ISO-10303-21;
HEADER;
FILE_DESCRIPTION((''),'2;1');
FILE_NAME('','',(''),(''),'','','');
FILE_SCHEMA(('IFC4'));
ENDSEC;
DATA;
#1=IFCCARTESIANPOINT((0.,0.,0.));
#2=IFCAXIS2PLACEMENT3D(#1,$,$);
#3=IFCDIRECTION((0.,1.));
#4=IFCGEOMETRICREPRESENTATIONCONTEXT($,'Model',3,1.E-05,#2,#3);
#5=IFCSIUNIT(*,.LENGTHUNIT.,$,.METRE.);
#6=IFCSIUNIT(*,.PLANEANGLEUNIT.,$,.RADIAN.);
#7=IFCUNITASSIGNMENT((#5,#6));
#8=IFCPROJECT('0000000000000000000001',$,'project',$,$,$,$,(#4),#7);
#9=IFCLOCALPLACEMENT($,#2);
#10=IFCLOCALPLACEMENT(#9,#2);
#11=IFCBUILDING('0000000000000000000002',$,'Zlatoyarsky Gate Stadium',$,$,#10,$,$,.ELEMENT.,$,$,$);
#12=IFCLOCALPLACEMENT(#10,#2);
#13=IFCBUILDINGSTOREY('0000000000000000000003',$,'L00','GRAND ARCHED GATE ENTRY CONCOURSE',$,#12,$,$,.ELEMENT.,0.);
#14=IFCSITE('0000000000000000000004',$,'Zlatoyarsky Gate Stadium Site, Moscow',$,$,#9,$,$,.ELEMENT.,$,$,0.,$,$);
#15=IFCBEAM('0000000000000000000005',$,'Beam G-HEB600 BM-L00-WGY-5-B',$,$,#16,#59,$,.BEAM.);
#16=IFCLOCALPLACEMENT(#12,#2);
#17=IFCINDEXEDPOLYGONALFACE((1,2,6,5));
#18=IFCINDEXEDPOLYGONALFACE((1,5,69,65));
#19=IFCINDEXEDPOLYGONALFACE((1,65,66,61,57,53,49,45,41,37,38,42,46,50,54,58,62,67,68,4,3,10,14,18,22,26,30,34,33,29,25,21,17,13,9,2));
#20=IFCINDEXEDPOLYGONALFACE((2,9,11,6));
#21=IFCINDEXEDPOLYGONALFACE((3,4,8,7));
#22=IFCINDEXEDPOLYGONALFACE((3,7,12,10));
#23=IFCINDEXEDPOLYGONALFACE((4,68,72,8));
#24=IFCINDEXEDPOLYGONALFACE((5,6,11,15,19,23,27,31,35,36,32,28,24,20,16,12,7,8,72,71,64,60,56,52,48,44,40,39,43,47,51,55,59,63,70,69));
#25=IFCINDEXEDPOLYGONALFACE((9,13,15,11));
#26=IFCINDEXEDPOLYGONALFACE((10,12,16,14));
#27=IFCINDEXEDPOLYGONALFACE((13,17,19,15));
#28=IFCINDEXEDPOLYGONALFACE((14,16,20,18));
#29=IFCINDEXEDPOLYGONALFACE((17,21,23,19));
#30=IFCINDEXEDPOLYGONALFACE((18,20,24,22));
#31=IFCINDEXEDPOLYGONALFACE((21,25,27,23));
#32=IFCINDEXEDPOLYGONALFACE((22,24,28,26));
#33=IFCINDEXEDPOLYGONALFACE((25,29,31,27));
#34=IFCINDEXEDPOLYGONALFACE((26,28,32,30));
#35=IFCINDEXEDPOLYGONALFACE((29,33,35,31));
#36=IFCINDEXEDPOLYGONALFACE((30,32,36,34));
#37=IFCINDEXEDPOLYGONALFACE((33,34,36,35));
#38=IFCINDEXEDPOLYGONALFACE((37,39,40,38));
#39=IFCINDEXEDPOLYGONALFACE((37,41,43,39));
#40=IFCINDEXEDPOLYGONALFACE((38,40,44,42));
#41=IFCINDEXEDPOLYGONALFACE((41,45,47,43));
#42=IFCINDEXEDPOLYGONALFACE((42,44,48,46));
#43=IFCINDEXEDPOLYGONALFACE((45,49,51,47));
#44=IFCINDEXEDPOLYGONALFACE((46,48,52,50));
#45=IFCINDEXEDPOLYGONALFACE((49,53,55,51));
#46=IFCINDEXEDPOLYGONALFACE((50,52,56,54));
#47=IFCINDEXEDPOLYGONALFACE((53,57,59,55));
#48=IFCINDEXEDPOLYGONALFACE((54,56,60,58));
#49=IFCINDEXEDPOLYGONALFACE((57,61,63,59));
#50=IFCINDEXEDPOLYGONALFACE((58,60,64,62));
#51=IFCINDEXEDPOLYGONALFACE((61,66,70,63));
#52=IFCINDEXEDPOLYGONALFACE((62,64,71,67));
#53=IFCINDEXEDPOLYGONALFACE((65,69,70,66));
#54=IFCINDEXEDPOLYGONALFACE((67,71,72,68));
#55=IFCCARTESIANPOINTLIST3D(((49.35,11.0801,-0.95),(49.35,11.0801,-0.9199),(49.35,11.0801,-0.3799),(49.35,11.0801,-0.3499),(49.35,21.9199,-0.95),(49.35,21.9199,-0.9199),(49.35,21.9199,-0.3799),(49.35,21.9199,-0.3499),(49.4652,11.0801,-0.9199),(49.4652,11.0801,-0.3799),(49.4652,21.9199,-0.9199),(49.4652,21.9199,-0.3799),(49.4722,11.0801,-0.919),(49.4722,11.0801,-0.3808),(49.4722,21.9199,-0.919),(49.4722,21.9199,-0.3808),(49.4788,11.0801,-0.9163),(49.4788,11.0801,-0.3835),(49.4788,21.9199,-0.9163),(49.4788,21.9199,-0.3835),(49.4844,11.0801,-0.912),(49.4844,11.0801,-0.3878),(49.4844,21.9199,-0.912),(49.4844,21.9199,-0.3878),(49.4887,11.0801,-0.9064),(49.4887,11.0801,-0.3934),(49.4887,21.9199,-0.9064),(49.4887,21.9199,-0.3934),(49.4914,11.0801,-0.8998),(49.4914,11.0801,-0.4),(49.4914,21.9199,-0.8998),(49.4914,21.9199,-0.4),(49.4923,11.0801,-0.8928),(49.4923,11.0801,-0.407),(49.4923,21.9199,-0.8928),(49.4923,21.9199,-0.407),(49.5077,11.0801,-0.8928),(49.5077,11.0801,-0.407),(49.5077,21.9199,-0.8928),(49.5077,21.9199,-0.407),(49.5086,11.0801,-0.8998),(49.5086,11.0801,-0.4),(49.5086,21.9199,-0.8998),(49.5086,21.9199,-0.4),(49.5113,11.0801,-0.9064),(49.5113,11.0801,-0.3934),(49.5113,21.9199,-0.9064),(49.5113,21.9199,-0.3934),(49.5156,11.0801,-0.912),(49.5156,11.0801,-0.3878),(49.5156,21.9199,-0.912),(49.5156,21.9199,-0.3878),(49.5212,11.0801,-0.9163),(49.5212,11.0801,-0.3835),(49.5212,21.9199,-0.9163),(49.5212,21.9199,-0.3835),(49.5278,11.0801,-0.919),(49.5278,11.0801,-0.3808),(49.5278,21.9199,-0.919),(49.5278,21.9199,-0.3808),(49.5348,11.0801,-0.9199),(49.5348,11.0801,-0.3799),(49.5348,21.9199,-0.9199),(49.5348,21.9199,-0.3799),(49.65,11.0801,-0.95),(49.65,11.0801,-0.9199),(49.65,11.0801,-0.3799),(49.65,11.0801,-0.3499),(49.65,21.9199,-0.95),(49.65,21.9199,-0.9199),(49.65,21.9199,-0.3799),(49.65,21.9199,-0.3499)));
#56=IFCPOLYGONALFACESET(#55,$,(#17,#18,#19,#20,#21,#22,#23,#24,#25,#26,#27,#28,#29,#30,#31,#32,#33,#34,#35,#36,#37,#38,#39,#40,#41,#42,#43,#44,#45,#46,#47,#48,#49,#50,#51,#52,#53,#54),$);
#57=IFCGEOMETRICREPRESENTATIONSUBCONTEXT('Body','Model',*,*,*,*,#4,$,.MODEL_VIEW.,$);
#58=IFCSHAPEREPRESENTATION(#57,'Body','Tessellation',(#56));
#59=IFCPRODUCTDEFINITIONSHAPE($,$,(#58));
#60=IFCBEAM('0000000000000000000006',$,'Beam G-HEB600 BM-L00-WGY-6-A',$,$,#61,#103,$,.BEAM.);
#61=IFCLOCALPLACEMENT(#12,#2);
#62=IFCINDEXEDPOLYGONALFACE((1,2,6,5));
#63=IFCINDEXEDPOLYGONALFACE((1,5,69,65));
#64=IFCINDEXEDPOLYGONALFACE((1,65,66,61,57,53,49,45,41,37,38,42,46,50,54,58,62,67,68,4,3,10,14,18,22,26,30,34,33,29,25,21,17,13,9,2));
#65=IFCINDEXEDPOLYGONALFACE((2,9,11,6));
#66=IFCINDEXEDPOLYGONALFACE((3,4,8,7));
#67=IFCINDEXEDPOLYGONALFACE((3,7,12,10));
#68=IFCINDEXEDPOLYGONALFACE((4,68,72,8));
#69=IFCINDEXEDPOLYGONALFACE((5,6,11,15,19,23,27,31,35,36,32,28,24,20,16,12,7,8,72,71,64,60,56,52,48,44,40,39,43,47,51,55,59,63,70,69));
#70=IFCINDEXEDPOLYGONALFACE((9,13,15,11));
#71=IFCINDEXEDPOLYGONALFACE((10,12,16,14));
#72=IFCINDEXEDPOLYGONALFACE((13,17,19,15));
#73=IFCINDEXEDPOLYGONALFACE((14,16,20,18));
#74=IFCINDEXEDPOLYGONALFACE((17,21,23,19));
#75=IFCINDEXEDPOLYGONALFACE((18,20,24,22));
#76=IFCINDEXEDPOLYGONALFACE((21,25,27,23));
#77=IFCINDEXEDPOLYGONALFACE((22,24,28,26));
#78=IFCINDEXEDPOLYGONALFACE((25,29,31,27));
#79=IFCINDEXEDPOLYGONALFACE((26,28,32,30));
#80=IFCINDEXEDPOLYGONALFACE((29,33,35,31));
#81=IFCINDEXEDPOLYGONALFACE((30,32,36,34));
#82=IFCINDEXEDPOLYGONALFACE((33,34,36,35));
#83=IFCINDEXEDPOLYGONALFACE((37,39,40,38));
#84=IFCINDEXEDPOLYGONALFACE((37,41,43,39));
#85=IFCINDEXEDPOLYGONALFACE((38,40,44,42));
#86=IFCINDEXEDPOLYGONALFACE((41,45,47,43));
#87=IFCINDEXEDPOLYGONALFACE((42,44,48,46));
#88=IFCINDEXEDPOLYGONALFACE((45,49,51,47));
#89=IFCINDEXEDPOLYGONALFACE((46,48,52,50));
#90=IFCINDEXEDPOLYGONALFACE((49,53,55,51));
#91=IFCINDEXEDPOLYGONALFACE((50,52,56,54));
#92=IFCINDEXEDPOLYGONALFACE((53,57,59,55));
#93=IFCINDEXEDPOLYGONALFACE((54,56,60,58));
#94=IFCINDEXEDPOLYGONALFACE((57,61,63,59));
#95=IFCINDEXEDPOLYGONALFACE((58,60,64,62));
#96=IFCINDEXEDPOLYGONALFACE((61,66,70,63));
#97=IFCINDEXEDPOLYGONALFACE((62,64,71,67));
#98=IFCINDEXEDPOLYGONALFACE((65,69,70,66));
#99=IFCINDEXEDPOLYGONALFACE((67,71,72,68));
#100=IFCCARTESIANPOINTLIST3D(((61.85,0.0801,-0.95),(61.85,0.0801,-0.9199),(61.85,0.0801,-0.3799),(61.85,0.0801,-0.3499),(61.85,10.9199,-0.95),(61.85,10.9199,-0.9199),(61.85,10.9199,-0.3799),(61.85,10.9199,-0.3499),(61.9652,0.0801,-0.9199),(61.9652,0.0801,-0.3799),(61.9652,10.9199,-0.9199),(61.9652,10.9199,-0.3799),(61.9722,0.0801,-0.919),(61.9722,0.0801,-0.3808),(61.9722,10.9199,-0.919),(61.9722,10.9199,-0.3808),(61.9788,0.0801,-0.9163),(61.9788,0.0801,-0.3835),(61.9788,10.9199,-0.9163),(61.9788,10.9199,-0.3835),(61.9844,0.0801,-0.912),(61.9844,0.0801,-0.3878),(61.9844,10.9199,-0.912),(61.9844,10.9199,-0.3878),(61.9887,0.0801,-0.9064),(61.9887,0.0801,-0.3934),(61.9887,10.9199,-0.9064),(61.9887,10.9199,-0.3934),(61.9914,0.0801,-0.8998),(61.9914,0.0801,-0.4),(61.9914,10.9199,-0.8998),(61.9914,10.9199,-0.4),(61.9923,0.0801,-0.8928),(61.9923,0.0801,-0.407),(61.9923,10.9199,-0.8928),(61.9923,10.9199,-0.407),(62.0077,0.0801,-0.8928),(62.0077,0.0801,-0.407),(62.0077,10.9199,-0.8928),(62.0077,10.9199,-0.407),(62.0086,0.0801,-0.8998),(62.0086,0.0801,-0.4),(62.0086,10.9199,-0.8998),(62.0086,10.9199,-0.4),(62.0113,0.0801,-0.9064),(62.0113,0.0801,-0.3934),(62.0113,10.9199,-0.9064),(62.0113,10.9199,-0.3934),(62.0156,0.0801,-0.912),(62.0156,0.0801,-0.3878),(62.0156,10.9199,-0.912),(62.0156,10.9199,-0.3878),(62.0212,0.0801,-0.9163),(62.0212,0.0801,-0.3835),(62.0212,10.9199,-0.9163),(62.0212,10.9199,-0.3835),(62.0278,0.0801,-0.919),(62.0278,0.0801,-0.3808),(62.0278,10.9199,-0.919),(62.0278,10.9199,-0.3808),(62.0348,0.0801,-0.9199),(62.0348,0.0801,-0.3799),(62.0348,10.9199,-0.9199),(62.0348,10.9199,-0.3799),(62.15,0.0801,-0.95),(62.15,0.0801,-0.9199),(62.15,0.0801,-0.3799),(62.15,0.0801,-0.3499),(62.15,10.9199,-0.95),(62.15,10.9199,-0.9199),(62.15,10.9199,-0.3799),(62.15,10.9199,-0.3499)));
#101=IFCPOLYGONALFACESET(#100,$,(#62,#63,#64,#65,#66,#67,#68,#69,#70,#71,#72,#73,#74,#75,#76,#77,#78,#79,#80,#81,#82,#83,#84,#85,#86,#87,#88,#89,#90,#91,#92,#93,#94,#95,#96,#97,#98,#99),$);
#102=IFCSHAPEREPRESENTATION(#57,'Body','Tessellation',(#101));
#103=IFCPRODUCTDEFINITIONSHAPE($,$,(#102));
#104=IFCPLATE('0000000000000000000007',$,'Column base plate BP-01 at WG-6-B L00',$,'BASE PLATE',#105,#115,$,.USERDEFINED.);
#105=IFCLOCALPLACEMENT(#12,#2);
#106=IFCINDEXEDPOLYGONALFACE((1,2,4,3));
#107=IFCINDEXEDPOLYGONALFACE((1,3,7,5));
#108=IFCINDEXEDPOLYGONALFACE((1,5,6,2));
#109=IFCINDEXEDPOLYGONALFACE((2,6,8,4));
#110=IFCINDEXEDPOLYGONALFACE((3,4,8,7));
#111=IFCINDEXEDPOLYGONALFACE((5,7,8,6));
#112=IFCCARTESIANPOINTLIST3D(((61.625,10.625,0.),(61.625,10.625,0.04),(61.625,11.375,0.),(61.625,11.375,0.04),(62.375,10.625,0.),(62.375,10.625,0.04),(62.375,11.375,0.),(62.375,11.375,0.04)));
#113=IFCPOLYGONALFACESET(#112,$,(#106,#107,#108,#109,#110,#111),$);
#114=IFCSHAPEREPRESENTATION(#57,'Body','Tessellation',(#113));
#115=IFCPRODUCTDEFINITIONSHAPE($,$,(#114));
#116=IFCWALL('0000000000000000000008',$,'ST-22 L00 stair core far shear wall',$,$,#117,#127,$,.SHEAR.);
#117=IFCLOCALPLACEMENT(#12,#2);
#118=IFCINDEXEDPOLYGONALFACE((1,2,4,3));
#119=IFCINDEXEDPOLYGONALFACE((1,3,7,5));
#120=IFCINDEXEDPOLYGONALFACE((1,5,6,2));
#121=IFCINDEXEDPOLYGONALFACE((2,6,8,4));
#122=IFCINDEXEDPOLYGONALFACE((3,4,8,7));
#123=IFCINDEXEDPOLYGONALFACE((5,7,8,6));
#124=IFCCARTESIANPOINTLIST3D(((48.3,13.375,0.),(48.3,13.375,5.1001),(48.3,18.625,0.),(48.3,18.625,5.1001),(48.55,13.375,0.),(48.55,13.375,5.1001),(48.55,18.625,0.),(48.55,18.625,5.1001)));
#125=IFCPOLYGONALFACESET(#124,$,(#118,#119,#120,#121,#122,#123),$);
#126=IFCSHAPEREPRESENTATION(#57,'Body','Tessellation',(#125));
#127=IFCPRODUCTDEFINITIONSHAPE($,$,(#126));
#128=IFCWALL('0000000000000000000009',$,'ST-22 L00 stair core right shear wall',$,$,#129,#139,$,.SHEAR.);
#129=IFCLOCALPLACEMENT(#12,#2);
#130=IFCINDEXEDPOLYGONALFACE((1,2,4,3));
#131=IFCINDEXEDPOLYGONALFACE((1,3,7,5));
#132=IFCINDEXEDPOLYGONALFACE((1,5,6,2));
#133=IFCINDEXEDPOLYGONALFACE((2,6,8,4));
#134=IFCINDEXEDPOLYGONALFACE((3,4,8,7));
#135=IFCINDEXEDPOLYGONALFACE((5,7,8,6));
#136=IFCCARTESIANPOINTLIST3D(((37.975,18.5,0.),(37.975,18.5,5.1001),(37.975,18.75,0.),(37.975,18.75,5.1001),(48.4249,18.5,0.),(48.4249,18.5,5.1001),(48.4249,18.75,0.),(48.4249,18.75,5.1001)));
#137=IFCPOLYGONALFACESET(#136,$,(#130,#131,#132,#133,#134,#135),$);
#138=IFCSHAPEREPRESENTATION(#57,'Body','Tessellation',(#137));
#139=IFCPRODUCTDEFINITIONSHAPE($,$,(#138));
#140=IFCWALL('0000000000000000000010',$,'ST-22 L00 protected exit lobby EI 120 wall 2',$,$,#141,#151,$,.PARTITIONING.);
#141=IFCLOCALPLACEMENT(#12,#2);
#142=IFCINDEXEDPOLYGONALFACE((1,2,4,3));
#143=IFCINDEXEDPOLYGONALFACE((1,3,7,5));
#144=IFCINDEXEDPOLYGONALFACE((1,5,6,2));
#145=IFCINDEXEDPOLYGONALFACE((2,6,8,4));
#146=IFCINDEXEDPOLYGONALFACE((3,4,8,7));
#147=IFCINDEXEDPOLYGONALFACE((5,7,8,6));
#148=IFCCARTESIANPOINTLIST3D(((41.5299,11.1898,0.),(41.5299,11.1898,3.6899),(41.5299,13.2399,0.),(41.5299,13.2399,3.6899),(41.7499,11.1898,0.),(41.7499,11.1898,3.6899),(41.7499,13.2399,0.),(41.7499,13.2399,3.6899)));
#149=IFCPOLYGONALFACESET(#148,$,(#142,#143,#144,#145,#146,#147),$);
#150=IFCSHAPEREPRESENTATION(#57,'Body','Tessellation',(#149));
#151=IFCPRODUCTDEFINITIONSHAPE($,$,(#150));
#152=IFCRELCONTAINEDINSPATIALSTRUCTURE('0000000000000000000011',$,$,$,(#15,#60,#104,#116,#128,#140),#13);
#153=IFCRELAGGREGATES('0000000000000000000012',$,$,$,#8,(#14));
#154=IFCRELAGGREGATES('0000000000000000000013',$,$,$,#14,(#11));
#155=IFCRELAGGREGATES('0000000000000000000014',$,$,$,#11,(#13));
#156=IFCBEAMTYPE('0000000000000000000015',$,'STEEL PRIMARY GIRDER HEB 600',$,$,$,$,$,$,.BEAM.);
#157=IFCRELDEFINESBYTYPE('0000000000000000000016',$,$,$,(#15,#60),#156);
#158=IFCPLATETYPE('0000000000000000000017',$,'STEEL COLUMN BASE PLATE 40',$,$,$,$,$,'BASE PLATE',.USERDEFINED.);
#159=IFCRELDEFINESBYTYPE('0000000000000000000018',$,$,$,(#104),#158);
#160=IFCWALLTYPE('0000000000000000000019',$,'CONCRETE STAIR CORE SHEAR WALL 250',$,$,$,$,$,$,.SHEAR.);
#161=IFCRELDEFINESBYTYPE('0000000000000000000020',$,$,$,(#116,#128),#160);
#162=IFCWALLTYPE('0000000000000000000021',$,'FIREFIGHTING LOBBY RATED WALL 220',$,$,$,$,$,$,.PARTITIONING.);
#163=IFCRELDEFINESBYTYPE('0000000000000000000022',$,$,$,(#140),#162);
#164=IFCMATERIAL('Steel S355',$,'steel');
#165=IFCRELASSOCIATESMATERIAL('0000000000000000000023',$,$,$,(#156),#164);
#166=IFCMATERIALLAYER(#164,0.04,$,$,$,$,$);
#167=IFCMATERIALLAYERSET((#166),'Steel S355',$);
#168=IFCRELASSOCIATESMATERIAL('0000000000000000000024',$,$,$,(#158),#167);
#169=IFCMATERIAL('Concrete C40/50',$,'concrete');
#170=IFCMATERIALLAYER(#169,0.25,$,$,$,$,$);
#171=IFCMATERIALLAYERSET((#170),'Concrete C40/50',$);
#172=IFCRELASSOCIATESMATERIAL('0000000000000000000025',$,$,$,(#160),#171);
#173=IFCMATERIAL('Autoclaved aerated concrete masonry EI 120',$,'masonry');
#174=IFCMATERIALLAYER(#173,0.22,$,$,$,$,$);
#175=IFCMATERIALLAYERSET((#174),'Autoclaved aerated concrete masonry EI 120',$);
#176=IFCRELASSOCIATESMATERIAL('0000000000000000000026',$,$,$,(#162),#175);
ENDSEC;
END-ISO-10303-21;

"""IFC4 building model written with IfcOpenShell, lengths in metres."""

from ifc_helpers import new_model, si_unit, direction, frame, frame_2d, origin, origin_2d, place, context, subcontext, project, spatial, rectangle, i_section, extrude, material, layer, layer_set, material_profile, profile_set, type_object, element, save


model = new_model("IFC4")

# Units and contexts
model_context = context("Model", 3, precision=1e-05, world=origin(), true_north=direction((0.0, 1.0)))
body_context = subcontext(model_context, "Body", "Model", "MODEL_VIEW")
ifc_project = project(units=[si_unit("LENGTHUNIT", "METRE"), si_unit("PLANEANGLEUNIT", "RADIAN")], contexts=[model_context])

# Site, building, storey
site_placement = place(None, origin())
site = spatial("IfcSite", under=ifc_project, at=site_placement, Name="Zlatoyarsky Gate Stadium Site, Moscow", CompositionType="ELEMENT", RefElevation=0.0)
building_placement = place(site_placement, origin())
building = spatial("IfcBuilding", under=site, at=building_placement, Name="Zlatoyarsky Gate Stadium", CompositionType="ELEMENT")
storey_placement = place(building_placement, origin())
storey = spatial("IfcBuildingStorey", under=building, at=storey_placement, Name="L00", Description="GRAND ARCHED GATE ENTRY CONCOURSE", CompositionType="ELEMENT", Elevation=0.0)

# Shared definitions
ifc_material_1 = material(Name="Concrete C40/50", Category="concrete")
ifc_material_2 = material(Name="Steel S355", Category="steel")

# Beams
ifc_material_profile_1 = material_profile(ifc_material_2, i_section(OverallWidth=0.3, OverallDepth=0.6001, WebThickness=0.0154, FlangeThickness=0.03, FilletRadius=0.0271, at=origin_2d()), Name="HEB 600")
ifc_profile_set_1 = profile_set([ifc_material_profile_1], Name="Steel S355")
beam_type_1 = type_object("IfcBeamType", Name="STEEL PRIMARY GIRDER HEB 600", PredefinedType="BEAM", material=ifc_profile_set_1)
for number, where, z_axis, x_axis, name in (
    (1, (49.5, 11.0801, -0.6499), (0.0, 1.0, 0.0), (-1.0, 0.0, 0.0), "Beam G-HEB600 BM-L00-WGY-5-B"),
    (2, (62.0, 0.0801, -0.6499), (0.0, 1.0, 0.0), (-1.0, 0.0, 0.0), "Beam G-HEB600 BM-L00-WGY-6-A"),
):
    element("IfcBeam", number, at=place(storey_placement, frame(where, z_axis=z_axis, x_axis=x_axis)), inside=storey, type_object=beam_type_1, Name=name, PredefinedType="BEAM", context=body_context, shape_type="SweptSolid", body=[
        extrude(i_section(OverallWidth=0.3, OverallDepth=0.6001, WebThickness=0.0154, FlangeThickness=0.03, FilletRadius=0.0271, at=origin_2d()), origin(), (0.0, 0.0, 1.0), 10.8398),
    ])

# Plate
ifc_layer_1 = layer(ifc_material_2, 0.04)
ifc_layer_set_1 = layer_set([ifc_layer_1], Name="Steel S355")
plate_type = type_object("IfcPlateType", Name="STEEL COLUMN BASE PLATE 40", ElementType="BASE PLATE", PredefinedType="USERDEFINED", material=ifc_layer_set_1)
plate_placement = place(storey_placement, frame((62.0, 11.0, 0.0), z_axis=(0.0, 0.0, 1.0), x_axis=(1.0, 0.0, 0.0)))
element("IfcPlate", 3, at=plate_placement, inside=storey, type_object=plate_type, Name="Column base plate BP-01 at WG-6-B L00", ObjectType="BASE PLATE", PredefinedType="USERDEFINED", context=body_context, shape_type="SweptSolid", body=[
    extrude(rectangle(XDim=0.75, YDim=0.75, at=origin_2d()), origin(), (0.0, 0.0, 1.0), 0.04),
])

# Walls
ifc_layer_2 = layer(ifc_material_1, 0.25)
ifc_layer_set_2 = layer_set([ifc_layer_2], Name="Concrete C40/50")
wall_type_1 = type_object("IfcWallType", Name="CONCRETE STAIR CORE SHEAR WALL 250", PredefinedType="SHEAR", material=ifc_layer_set_2)
wall_1_placement = place(storey_placement, frame((48.425, 13.375, 0.0), z_axis=(0.0, 0.0, 1.0), x_axis=(0.0, 1.0, 0.0)))
element("IfcWall", 4, at=wall_1_placement, inside=storey, type_object=wall_type_1, Name="ST-22 L00 stair core far shear wall", PredefinedType="SHEAR", context=body_context, shape_type="SweptSolid", body=[
    extrude(rectangle(XDim=5.25, YDim=0.25, at=frame_2d((2.625, 0.0))), origin(), (0.0, 0.0, 1.0), 5.1001),
])
wall_2_placement = place(storey_placement, frame((48.425, 18.625, 0.0), z_axis=(0.0, 0.0, 1.0), x_axis=(-1.0, 0.0, 0.0)))
element("IfcWall", 5, at=wall_2_placement, inside=storey, type_object=wall_type_1, Name="ST-22 L00 stair core right shear wall", PredefinedType="SHEAR", context=body_context, shape_type="SweptSolid", body=[
    extrude(rectangle(XDim=10.45, YDim=0.25, at=frame_2d((5.2251, 0.0))), origin(), (0.0, 0.0, 1.0), 5.1001),
])
ifc_material_3 = material(Name="Autoclaved aerated concrete masonry EI 120", Category="masonry")
ifc_layer_3 = layer(ifc_material_3, 0.22)
ifc_layer_set_3 = layer_set([ifc_layer_3], Name="Autoclaved aerated concrete masonry EI 120")
wall_type_2 = type_object("IfcWallType", Name="FIREFIGHTING LOBBY RATED WALL 220", PredefinedType="PARTITIONING", material=ifc_layer_set_3)
wall_3_placement = place(storey_placement, frame((41.6399, 11.1899, 0.0), z_axis=(0.0, 0.0, 1.0), x_axis=(0.0, 1.0, 0.0)))
element("IfcWall", 6, at=wall_3_placement, inside=storey, type_object=wall_type_2, Name="ST-22 L00 protected exit lobby EI 120 wall 2", PredefinedType="PARTITIONING", context=body_context, shape_type="SweptSolid", body=[
    extrude(rectangle(XDim=2.05, YDim=0.22, at=frame_2d((1.0249, 0.0))), origin(), (0.0, 0.0, 1.0), 3.6899),
])

save(model, "model.ifc")
